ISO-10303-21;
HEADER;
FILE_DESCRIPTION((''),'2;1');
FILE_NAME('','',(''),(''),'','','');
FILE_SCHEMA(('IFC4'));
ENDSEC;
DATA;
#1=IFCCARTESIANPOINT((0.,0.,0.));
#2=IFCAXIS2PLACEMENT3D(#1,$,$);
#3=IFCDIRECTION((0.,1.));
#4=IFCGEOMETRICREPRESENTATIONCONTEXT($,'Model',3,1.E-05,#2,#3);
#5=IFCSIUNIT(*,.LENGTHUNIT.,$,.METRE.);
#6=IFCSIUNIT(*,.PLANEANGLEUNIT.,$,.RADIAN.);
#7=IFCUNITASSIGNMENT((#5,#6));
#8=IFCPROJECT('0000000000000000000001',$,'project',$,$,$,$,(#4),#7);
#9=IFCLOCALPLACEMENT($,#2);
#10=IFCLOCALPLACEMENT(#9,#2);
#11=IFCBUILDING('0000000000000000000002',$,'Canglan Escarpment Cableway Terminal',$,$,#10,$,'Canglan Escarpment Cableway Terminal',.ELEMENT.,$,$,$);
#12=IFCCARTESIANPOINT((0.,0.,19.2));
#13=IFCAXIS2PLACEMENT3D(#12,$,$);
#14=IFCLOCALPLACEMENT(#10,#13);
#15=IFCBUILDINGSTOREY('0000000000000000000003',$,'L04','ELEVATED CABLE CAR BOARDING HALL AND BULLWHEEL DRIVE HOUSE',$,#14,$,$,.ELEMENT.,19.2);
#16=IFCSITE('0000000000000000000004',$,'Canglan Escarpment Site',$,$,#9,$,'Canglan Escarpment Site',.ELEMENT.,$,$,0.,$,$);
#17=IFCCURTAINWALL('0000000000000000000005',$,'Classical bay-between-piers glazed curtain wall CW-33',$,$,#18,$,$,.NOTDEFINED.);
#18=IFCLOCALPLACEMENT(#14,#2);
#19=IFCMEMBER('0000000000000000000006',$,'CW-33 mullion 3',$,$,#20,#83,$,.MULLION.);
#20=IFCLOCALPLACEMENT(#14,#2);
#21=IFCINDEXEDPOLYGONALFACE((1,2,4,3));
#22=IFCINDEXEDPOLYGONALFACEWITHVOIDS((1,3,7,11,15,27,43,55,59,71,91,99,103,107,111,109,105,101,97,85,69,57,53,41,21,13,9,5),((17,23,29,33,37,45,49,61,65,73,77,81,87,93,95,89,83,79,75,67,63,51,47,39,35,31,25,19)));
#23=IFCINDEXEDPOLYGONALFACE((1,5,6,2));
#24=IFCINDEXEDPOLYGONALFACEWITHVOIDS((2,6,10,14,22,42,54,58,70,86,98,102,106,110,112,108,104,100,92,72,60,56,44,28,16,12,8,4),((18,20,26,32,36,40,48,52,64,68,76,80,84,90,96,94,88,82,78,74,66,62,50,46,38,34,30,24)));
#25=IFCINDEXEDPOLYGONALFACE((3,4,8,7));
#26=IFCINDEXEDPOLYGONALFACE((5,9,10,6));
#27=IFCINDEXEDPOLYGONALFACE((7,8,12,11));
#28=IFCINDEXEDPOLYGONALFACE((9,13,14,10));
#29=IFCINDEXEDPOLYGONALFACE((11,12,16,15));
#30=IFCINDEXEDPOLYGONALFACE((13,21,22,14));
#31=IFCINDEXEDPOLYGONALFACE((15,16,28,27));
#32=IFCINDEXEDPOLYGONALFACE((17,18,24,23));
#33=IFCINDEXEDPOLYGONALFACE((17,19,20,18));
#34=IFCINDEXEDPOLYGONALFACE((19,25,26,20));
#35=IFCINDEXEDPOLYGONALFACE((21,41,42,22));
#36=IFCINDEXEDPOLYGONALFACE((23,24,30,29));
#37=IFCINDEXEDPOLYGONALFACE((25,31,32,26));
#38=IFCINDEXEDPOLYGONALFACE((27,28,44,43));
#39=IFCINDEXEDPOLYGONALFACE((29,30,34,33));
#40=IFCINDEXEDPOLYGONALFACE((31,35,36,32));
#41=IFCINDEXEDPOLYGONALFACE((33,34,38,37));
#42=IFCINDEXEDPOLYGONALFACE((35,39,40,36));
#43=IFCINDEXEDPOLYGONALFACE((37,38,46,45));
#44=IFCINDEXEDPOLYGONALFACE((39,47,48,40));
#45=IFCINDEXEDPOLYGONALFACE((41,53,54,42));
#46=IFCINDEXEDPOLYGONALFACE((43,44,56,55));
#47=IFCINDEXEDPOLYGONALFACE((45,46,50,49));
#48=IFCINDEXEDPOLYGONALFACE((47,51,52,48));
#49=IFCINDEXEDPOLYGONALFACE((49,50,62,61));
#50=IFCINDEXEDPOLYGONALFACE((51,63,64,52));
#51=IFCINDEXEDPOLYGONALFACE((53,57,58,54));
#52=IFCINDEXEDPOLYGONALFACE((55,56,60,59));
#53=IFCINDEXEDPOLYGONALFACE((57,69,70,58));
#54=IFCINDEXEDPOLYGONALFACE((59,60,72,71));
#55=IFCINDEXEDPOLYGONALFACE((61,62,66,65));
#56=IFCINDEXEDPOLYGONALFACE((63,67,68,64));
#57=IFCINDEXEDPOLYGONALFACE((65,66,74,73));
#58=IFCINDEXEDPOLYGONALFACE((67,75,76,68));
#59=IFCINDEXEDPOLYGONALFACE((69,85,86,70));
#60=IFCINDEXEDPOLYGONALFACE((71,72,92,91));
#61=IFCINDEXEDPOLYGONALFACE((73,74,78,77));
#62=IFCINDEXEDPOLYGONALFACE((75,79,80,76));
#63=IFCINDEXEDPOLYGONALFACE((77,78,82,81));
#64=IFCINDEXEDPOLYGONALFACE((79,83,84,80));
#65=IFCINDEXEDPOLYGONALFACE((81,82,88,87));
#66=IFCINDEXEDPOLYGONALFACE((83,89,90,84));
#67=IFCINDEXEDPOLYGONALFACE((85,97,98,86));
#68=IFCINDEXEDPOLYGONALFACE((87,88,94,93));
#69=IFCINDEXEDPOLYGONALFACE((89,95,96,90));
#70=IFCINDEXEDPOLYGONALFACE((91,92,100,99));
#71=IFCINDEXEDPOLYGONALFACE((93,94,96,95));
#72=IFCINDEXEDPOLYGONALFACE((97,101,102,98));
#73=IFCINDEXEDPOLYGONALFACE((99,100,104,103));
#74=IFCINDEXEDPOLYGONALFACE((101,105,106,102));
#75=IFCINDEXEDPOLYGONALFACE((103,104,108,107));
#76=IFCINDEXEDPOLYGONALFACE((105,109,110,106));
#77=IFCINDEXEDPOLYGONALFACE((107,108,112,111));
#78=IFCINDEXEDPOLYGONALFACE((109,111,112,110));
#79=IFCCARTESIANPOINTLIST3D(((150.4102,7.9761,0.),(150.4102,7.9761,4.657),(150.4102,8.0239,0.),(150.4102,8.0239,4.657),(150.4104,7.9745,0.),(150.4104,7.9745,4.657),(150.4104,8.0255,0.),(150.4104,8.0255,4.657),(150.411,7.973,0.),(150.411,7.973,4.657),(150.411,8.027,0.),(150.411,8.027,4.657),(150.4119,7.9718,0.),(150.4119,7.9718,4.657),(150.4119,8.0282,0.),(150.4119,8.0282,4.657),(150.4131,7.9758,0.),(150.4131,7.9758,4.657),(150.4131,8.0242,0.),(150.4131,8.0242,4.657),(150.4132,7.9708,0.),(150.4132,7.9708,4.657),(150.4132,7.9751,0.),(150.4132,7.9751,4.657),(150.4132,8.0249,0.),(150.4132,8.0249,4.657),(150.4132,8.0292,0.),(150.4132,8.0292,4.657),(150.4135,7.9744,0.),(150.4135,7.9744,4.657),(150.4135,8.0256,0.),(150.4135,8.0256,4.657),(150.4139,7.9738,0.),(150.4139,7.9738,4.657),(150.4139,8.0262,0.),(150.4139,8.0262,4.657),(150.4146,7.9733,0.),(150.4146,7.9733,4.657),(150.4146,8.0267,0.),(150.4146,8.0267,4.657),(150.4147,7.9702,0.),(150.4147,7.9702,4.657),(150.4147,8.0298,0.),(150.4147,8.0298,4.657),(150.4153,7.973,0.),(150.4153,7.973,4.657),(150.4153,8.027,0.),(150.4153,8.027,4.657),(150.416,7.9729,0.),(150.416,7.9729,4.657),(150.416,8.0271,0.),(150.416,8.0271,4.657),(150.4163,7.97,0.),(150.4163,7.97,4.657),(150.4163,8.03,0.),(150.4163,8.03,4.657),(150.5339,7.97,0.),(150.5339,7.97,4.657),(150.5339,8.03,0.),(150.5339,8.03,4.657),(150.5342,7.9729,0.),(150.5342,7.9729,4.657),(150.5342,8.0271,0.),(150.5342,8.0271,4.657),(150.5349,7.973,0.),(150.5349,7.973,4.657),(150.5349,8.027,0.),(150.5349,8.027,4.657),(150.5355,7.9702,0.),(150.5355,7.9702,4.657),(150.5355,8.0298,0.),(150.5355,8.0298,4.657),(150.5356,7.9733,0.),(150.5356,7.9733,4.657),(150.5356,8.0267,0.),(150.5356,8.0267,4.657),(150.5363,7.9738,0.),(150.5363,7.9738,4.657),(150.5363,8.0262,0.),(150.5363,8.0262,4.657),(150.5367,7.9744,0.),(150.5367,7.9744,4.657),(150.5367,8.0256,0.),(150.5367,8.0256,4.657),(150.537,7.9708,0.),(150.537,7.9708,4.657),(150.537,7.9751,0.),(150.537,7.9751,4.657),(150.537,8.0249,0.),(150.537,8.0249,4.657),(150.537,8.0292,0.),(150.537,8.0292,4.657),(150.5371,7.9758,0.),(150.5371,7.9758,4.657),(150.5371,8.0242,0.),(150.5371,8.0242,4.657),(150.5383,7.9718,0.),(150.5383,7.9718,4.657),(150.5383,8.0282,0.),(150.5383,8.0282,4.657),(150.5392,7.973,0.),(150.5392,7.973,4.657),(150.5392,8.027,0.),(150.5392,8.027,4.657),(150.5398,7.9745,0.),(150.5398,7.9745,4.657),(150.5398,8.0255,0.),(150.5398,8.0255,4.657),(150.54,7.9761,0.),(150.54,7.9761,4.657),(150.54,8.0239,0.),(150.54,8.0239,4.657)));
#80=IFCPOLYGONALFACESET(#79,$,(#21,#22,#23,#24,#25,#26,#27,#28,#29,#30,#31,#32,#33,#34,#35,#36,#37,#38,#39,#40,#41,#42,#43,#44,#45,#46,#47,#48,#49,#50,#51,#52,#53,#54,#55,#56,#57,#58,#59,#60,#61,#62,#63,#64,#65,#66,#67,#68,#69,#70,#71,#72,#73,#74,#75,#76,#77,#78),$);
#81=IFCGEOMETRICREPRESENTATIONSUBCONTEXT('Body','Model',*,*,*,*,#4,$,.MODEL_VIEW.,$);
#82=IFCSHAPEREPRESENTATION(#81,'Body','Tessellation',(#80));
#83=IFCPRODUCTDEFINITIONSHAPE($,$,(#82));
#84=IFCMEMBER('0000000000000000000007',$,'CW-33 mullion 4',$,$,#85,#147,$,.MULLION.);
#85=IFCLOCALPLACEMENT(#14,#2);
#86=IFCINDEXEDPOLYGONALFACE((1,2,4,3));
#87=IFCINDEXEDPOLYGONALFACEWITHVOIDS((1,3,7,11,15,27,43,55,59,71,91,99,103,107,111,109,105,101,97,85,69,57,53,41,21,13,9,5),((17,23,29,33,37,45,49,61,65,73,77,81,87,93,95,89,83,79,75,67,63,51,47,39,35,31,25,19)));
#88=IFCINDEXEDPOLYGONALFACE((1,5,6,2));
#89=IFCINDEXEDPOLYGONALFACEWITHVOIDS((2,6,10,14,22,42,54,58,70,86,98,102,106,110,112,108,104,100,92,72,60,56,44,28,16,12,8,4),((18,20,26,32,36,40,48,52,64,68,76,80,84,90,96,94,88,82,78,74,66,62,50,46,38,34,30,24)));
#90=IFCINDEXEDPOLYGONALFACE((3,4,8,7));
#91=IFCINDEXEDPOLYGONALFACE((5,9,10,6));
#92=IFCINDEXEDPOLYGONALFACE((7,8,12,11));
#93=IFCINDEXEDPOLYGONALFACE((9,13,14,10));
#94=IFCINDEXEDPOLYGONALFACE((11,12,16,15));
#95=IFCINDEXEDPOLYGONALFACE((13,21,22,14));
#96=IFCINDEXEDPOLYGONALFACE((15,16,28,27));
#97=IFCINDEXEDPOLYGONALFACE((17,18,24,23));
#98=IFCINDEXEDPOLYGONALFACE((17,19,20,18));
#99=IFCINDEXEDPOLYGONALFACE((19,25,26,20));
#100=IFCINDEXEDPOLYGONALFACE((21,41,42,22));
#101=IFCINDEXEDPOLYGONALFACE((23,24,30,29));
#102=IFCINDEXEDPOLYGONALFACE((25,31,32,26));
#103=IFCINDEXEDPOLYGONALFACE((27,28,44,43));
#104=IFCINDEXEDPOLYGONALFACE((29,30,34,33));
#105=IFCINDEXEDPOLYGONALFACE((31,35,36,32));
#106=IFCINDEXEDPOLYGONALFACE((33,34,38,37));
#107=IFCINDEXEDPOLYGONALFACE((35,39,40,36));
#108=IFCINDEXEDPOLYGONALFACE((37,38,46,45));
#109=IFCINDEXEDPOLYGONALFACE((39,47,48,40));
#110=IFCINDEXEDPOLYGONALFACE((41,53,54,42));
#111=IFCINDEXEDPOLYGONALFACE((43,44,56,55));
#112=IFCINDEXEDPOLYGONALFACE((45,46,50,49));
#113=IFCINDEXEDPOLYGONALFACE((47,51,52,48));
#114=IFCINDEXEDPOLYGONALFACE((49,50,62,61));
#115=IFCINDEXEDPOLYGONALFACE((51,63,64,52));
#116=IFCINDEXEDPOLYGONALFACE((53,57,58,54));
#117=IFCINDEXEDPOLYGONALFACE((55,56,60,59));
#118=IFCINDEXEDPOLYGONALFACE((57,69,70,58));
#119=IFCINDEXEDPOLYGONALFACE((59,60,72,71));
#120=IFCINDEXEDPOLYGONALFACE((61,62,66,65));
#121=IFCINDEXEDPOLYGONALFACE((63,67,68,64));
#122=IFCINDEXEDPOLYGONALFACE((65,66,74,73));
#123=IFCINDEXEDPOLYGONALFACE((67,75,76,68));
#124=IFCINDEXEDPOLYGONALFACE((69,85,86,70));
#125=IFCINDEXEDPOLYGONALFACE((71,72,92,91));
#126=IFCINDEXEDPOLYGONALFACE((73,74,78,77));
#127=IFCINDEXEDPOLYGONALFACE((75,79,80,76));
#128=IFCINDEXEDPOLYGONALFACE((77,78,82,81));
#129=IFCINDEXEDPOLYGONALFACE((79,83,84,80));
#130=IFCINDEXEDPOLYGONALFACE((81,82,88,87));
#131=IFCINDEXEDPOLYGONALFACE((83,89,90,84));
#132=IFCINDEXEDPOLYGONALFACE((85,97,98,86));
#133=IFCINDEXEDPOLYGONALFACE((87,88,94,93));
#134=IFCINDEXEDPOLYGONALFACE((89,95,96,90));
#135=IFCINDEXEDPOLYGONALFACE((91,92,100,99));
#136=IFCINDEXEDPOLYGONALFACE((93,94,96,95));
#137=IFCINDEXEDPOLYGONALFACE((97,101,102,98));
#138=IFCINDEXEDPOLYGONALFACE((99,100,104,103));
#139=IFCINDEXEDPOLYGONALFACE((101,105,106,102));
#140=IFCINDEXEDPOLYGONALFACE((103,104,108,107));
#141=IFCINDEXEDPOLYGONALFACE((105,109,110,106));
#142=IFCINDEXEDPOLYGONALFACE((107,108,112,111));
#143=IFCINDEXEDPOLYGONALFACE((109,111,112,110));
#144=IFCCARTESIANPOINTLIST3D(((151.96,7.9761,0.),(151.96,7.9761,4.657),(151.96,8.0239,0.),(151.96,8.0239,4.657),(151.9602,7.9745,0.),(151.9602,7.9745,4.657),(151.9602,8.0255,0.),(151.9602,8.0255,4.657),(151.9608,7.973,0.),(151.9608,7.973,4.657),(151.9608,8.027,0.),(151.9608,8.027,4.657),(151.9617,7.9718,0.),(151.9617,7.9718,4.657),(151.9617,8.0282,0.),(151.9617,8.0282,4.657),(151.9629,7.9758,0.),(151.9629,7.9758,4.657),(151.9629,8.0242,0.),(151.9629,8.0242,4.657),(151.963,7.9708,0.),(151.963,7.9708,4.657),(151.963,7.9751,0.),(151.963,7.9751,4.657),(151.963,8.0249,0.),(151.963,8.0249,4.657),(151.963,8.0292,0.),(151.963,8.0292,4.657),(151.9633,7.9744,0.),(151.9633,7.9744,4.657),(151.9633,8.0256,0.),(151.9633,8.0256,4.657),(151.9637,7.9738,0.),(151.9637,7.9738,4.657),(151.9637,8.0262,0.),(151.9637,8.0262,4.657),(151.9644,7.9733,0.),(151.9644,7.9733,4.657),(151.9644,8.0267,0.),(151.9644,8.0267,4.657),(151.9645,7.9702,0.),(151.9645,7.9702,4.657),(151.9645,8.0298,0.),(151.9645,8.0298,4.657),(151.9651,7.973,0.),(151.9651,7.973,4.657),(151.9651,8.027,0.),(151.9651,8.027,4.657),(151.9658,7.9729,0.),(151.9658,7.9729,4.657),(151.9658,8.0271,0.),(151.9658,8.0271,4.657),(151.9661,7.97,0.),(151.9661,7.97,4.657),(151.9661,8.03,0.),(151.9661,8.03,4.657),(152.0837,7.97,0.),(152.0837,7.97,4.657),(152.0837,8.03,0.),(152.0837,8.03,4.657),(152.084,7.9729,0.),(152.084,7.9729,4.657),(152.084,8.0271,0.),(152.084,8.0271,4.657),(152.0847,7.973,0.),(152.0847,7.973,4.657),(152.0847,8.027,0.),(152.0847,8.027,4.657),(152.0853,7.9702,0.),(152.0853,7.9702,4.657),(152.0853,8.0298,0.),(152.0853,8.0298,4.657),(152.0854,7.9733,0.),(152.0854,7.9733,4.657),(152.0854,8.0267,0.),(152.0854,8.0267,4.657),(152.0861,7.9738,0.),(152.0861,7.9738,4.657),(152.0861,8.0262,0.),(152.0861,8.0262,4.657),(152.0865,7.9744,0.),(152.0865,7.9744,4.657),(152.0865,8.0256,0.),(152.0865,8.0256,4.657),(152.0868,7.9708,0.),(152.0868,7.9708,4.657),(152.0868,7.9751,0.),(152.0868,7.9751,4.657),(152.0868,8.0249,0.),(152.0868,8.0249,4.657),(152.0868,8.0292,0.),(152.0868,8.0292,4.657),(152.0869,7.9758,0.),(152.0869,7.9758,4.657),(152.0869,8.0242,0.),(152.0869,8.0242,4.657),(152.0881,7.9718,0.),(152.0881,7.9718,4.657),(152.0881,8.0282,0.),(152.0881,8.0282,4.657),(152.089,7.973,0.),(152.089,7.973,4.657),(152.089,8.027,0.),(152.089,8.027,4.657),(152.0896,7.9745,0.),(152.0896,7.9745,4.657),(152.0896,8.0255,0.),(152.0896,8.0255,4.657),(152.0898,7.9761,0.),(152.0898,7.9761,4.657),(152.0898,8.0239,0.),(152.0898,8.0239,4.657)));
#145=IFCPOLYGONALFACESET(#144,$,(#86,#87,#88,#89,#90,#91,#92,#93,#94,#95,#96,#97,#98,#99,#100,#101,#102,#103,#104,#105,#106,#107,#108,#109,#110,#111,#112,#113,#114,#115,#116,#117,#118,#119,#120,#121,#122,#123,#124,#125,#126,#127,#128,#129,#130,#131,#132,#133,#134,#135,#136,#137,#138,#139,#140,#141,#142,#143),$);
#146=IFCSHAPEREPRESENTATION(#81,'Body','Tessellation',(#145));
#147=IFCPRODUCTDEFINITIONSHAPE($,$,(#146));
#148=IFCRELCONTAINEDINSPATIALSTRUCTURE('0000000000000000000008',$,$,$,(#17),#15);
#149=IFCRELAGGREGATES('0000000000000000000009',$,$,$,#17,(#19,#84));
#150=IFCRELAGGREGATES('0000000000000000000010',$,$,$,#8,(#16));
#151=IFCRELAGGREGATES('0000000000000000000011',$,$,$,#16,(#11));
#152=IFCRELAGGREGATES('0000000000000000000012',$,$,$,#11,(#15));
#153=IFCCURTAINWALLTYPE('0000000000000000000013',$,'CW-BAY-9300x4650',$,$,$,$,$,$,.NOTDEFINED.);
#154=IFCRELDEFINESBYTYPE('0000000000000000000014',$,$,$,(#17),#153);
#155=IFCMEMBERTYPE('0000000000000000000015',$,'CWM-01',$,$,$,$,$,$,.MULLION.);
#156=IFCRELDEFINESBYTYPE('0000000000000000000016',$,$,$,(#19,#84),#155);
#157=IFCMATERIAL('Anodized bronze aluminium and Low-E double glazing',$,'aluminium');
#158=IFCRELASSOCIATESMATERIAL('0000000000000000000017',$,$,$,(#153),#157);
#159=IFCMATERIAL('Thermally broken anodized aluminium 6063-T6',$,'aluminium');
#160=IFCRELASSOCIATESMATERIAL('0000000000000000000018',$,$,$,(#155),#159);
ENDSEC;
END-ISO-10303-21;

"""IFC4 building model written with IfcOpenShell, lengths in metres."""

from ifc_helpers import new_model, si_unit, direction, frame, origin, origin_2d, place, context, subcontext, project, spatial, hollow_rectangle, extrude, material, material_profile, profile_set, type_object, element, aggregate, save


model = new_model("IFC4")

# Units and contexts
model_context = context("Model", 3, precision=1e-05, world=origin(), true_north=direction((0.0, 1.0)))
body_context = subcontext(model_context, "Body", "Model", "MODEL_VIEW")
ifc_project = project(units=[si_unit("LENGTHUNIT", "METRE"), si_unit("PLANEANGLEUNIT", "RADIAN")], contexts=[model_context])

# Site, building, storey
site_placement = place(None, origin())
site = spatial("IfcSite", under=ifc_project, at=site_placement, Name="Canglan Escarpment Site", LongName="Canglan Escarpment Site", CompositionType="ELEMENT", RefElevation=0.0)
building_placement = place(site_placement, origin())
building = spatial("IfcBuilding", under=site, at=building_placement, Name="Canglan Escarpment Cableway Terminal", LongName="Canglan Escarpment Cableway Terminal", CompositionType="ELEMENT")
storey_placement = place(building_placement, frame((0.0, 0.0, 19.2)))
storey = spatial("IfcBuildingStorey", under=building, at=storey_placement, Name="L04", Description="ELEVATED CABLE CAR BOARDING HALL AND BULLWHEEL DRIVE HOUSE", CompositionType="ELEMENT", Elevation=19.2)

# Curtain wall, members
ifc_material_1 = material(Name="Anodized bronze aluminium and Low-E double glazing", Category="aluminium")
curtain_wall_type = type_object("IfcCurtainWallType", Name="CW-BAY-9300x4650", PredefinedType="NOTDEFINED", material=ifc_material_1)
curtain_wall_placement = place(storey_placement, origin())
curtain_wall = element("IfcCurtainWall", 1, at=curtain_wall_placement, inside=storey, type_object=curtain_wall_type, Name="Classical bay-between-piers glazed curtain wall CW-33", PredefinedType="NOTDEFINED")
ifc_material_2 = material(Name="Thermally broken anodized aluminium 6063-T6", Category="aluminium")
ifc_material_profile_1 = material_profile(ifc_material_2, hollow_rectangle(XDim=0.0601, YDim=0.1299, WallThickness=0.0029, InnerFilletRadius=0.0029, OuterFilletRadius=0.0061, at=origin_2d()), Name="ALU-MULL 60x130x3")
ifc_profile_set_1 = profile_set([ifc_material_profile_1], Name="Thermally broken anodized aluminium 6063-T6")
member_type_1 = type_object("IfcMemberType", Name="CWM-01", PredefinedType="MULLION", material=ifc_profile_set_1)
member_1_placement = place(storey_placement, frame((150.4751, 8.0, 0.0), z_axis=(0.0, 0.0, 1.0), x_axis=(0.0, 1.0, 0.0)))
member_1 = element("IfcMember", 2, at=member_1_placement, type_object=member_type_1, Name="CW-33 mullion 3", PredefinedType="MULLION", context=body_context, shape_type="SweptSolid", body=[
    extrude(hollow_rectangle(XDim=0.0601, YDim=0.1299, WallThickness=0.0029, InnerFilletRadius=0.0029, OuterFilletRadius=0.0061, at=origin_2d()), origin(), (0.0, 0.0, 1.0), 4.657),
])
member_2_placement = place(storey_placement, frame((152.0249, 8.0, 0.0), z_axis=(0.0, 0.0, 1.0), x_axis=(0.0, 1.0, 0.0)))
member_2 = element("IfcMember", 3, at=member_2_placement, type_object=member_type_1, Name="CW-33 mullion 4", PredefinedType="MULLION", context=body_context, shape_type="SweptSolid", body=[
    extrude(hollow_rectangle(XDim=0.0601, YDim=0.1299, WallThickness=0.0029, InnerFilletRadius=0.0029, OuterFilletRadius=0.0061, at=origin_2d()), origin(), (0.0, 0.0, 1.0), 4.657),
])
aggregate(curtain_wall, [member_1, member_2])

save(model, "model.ifc")
